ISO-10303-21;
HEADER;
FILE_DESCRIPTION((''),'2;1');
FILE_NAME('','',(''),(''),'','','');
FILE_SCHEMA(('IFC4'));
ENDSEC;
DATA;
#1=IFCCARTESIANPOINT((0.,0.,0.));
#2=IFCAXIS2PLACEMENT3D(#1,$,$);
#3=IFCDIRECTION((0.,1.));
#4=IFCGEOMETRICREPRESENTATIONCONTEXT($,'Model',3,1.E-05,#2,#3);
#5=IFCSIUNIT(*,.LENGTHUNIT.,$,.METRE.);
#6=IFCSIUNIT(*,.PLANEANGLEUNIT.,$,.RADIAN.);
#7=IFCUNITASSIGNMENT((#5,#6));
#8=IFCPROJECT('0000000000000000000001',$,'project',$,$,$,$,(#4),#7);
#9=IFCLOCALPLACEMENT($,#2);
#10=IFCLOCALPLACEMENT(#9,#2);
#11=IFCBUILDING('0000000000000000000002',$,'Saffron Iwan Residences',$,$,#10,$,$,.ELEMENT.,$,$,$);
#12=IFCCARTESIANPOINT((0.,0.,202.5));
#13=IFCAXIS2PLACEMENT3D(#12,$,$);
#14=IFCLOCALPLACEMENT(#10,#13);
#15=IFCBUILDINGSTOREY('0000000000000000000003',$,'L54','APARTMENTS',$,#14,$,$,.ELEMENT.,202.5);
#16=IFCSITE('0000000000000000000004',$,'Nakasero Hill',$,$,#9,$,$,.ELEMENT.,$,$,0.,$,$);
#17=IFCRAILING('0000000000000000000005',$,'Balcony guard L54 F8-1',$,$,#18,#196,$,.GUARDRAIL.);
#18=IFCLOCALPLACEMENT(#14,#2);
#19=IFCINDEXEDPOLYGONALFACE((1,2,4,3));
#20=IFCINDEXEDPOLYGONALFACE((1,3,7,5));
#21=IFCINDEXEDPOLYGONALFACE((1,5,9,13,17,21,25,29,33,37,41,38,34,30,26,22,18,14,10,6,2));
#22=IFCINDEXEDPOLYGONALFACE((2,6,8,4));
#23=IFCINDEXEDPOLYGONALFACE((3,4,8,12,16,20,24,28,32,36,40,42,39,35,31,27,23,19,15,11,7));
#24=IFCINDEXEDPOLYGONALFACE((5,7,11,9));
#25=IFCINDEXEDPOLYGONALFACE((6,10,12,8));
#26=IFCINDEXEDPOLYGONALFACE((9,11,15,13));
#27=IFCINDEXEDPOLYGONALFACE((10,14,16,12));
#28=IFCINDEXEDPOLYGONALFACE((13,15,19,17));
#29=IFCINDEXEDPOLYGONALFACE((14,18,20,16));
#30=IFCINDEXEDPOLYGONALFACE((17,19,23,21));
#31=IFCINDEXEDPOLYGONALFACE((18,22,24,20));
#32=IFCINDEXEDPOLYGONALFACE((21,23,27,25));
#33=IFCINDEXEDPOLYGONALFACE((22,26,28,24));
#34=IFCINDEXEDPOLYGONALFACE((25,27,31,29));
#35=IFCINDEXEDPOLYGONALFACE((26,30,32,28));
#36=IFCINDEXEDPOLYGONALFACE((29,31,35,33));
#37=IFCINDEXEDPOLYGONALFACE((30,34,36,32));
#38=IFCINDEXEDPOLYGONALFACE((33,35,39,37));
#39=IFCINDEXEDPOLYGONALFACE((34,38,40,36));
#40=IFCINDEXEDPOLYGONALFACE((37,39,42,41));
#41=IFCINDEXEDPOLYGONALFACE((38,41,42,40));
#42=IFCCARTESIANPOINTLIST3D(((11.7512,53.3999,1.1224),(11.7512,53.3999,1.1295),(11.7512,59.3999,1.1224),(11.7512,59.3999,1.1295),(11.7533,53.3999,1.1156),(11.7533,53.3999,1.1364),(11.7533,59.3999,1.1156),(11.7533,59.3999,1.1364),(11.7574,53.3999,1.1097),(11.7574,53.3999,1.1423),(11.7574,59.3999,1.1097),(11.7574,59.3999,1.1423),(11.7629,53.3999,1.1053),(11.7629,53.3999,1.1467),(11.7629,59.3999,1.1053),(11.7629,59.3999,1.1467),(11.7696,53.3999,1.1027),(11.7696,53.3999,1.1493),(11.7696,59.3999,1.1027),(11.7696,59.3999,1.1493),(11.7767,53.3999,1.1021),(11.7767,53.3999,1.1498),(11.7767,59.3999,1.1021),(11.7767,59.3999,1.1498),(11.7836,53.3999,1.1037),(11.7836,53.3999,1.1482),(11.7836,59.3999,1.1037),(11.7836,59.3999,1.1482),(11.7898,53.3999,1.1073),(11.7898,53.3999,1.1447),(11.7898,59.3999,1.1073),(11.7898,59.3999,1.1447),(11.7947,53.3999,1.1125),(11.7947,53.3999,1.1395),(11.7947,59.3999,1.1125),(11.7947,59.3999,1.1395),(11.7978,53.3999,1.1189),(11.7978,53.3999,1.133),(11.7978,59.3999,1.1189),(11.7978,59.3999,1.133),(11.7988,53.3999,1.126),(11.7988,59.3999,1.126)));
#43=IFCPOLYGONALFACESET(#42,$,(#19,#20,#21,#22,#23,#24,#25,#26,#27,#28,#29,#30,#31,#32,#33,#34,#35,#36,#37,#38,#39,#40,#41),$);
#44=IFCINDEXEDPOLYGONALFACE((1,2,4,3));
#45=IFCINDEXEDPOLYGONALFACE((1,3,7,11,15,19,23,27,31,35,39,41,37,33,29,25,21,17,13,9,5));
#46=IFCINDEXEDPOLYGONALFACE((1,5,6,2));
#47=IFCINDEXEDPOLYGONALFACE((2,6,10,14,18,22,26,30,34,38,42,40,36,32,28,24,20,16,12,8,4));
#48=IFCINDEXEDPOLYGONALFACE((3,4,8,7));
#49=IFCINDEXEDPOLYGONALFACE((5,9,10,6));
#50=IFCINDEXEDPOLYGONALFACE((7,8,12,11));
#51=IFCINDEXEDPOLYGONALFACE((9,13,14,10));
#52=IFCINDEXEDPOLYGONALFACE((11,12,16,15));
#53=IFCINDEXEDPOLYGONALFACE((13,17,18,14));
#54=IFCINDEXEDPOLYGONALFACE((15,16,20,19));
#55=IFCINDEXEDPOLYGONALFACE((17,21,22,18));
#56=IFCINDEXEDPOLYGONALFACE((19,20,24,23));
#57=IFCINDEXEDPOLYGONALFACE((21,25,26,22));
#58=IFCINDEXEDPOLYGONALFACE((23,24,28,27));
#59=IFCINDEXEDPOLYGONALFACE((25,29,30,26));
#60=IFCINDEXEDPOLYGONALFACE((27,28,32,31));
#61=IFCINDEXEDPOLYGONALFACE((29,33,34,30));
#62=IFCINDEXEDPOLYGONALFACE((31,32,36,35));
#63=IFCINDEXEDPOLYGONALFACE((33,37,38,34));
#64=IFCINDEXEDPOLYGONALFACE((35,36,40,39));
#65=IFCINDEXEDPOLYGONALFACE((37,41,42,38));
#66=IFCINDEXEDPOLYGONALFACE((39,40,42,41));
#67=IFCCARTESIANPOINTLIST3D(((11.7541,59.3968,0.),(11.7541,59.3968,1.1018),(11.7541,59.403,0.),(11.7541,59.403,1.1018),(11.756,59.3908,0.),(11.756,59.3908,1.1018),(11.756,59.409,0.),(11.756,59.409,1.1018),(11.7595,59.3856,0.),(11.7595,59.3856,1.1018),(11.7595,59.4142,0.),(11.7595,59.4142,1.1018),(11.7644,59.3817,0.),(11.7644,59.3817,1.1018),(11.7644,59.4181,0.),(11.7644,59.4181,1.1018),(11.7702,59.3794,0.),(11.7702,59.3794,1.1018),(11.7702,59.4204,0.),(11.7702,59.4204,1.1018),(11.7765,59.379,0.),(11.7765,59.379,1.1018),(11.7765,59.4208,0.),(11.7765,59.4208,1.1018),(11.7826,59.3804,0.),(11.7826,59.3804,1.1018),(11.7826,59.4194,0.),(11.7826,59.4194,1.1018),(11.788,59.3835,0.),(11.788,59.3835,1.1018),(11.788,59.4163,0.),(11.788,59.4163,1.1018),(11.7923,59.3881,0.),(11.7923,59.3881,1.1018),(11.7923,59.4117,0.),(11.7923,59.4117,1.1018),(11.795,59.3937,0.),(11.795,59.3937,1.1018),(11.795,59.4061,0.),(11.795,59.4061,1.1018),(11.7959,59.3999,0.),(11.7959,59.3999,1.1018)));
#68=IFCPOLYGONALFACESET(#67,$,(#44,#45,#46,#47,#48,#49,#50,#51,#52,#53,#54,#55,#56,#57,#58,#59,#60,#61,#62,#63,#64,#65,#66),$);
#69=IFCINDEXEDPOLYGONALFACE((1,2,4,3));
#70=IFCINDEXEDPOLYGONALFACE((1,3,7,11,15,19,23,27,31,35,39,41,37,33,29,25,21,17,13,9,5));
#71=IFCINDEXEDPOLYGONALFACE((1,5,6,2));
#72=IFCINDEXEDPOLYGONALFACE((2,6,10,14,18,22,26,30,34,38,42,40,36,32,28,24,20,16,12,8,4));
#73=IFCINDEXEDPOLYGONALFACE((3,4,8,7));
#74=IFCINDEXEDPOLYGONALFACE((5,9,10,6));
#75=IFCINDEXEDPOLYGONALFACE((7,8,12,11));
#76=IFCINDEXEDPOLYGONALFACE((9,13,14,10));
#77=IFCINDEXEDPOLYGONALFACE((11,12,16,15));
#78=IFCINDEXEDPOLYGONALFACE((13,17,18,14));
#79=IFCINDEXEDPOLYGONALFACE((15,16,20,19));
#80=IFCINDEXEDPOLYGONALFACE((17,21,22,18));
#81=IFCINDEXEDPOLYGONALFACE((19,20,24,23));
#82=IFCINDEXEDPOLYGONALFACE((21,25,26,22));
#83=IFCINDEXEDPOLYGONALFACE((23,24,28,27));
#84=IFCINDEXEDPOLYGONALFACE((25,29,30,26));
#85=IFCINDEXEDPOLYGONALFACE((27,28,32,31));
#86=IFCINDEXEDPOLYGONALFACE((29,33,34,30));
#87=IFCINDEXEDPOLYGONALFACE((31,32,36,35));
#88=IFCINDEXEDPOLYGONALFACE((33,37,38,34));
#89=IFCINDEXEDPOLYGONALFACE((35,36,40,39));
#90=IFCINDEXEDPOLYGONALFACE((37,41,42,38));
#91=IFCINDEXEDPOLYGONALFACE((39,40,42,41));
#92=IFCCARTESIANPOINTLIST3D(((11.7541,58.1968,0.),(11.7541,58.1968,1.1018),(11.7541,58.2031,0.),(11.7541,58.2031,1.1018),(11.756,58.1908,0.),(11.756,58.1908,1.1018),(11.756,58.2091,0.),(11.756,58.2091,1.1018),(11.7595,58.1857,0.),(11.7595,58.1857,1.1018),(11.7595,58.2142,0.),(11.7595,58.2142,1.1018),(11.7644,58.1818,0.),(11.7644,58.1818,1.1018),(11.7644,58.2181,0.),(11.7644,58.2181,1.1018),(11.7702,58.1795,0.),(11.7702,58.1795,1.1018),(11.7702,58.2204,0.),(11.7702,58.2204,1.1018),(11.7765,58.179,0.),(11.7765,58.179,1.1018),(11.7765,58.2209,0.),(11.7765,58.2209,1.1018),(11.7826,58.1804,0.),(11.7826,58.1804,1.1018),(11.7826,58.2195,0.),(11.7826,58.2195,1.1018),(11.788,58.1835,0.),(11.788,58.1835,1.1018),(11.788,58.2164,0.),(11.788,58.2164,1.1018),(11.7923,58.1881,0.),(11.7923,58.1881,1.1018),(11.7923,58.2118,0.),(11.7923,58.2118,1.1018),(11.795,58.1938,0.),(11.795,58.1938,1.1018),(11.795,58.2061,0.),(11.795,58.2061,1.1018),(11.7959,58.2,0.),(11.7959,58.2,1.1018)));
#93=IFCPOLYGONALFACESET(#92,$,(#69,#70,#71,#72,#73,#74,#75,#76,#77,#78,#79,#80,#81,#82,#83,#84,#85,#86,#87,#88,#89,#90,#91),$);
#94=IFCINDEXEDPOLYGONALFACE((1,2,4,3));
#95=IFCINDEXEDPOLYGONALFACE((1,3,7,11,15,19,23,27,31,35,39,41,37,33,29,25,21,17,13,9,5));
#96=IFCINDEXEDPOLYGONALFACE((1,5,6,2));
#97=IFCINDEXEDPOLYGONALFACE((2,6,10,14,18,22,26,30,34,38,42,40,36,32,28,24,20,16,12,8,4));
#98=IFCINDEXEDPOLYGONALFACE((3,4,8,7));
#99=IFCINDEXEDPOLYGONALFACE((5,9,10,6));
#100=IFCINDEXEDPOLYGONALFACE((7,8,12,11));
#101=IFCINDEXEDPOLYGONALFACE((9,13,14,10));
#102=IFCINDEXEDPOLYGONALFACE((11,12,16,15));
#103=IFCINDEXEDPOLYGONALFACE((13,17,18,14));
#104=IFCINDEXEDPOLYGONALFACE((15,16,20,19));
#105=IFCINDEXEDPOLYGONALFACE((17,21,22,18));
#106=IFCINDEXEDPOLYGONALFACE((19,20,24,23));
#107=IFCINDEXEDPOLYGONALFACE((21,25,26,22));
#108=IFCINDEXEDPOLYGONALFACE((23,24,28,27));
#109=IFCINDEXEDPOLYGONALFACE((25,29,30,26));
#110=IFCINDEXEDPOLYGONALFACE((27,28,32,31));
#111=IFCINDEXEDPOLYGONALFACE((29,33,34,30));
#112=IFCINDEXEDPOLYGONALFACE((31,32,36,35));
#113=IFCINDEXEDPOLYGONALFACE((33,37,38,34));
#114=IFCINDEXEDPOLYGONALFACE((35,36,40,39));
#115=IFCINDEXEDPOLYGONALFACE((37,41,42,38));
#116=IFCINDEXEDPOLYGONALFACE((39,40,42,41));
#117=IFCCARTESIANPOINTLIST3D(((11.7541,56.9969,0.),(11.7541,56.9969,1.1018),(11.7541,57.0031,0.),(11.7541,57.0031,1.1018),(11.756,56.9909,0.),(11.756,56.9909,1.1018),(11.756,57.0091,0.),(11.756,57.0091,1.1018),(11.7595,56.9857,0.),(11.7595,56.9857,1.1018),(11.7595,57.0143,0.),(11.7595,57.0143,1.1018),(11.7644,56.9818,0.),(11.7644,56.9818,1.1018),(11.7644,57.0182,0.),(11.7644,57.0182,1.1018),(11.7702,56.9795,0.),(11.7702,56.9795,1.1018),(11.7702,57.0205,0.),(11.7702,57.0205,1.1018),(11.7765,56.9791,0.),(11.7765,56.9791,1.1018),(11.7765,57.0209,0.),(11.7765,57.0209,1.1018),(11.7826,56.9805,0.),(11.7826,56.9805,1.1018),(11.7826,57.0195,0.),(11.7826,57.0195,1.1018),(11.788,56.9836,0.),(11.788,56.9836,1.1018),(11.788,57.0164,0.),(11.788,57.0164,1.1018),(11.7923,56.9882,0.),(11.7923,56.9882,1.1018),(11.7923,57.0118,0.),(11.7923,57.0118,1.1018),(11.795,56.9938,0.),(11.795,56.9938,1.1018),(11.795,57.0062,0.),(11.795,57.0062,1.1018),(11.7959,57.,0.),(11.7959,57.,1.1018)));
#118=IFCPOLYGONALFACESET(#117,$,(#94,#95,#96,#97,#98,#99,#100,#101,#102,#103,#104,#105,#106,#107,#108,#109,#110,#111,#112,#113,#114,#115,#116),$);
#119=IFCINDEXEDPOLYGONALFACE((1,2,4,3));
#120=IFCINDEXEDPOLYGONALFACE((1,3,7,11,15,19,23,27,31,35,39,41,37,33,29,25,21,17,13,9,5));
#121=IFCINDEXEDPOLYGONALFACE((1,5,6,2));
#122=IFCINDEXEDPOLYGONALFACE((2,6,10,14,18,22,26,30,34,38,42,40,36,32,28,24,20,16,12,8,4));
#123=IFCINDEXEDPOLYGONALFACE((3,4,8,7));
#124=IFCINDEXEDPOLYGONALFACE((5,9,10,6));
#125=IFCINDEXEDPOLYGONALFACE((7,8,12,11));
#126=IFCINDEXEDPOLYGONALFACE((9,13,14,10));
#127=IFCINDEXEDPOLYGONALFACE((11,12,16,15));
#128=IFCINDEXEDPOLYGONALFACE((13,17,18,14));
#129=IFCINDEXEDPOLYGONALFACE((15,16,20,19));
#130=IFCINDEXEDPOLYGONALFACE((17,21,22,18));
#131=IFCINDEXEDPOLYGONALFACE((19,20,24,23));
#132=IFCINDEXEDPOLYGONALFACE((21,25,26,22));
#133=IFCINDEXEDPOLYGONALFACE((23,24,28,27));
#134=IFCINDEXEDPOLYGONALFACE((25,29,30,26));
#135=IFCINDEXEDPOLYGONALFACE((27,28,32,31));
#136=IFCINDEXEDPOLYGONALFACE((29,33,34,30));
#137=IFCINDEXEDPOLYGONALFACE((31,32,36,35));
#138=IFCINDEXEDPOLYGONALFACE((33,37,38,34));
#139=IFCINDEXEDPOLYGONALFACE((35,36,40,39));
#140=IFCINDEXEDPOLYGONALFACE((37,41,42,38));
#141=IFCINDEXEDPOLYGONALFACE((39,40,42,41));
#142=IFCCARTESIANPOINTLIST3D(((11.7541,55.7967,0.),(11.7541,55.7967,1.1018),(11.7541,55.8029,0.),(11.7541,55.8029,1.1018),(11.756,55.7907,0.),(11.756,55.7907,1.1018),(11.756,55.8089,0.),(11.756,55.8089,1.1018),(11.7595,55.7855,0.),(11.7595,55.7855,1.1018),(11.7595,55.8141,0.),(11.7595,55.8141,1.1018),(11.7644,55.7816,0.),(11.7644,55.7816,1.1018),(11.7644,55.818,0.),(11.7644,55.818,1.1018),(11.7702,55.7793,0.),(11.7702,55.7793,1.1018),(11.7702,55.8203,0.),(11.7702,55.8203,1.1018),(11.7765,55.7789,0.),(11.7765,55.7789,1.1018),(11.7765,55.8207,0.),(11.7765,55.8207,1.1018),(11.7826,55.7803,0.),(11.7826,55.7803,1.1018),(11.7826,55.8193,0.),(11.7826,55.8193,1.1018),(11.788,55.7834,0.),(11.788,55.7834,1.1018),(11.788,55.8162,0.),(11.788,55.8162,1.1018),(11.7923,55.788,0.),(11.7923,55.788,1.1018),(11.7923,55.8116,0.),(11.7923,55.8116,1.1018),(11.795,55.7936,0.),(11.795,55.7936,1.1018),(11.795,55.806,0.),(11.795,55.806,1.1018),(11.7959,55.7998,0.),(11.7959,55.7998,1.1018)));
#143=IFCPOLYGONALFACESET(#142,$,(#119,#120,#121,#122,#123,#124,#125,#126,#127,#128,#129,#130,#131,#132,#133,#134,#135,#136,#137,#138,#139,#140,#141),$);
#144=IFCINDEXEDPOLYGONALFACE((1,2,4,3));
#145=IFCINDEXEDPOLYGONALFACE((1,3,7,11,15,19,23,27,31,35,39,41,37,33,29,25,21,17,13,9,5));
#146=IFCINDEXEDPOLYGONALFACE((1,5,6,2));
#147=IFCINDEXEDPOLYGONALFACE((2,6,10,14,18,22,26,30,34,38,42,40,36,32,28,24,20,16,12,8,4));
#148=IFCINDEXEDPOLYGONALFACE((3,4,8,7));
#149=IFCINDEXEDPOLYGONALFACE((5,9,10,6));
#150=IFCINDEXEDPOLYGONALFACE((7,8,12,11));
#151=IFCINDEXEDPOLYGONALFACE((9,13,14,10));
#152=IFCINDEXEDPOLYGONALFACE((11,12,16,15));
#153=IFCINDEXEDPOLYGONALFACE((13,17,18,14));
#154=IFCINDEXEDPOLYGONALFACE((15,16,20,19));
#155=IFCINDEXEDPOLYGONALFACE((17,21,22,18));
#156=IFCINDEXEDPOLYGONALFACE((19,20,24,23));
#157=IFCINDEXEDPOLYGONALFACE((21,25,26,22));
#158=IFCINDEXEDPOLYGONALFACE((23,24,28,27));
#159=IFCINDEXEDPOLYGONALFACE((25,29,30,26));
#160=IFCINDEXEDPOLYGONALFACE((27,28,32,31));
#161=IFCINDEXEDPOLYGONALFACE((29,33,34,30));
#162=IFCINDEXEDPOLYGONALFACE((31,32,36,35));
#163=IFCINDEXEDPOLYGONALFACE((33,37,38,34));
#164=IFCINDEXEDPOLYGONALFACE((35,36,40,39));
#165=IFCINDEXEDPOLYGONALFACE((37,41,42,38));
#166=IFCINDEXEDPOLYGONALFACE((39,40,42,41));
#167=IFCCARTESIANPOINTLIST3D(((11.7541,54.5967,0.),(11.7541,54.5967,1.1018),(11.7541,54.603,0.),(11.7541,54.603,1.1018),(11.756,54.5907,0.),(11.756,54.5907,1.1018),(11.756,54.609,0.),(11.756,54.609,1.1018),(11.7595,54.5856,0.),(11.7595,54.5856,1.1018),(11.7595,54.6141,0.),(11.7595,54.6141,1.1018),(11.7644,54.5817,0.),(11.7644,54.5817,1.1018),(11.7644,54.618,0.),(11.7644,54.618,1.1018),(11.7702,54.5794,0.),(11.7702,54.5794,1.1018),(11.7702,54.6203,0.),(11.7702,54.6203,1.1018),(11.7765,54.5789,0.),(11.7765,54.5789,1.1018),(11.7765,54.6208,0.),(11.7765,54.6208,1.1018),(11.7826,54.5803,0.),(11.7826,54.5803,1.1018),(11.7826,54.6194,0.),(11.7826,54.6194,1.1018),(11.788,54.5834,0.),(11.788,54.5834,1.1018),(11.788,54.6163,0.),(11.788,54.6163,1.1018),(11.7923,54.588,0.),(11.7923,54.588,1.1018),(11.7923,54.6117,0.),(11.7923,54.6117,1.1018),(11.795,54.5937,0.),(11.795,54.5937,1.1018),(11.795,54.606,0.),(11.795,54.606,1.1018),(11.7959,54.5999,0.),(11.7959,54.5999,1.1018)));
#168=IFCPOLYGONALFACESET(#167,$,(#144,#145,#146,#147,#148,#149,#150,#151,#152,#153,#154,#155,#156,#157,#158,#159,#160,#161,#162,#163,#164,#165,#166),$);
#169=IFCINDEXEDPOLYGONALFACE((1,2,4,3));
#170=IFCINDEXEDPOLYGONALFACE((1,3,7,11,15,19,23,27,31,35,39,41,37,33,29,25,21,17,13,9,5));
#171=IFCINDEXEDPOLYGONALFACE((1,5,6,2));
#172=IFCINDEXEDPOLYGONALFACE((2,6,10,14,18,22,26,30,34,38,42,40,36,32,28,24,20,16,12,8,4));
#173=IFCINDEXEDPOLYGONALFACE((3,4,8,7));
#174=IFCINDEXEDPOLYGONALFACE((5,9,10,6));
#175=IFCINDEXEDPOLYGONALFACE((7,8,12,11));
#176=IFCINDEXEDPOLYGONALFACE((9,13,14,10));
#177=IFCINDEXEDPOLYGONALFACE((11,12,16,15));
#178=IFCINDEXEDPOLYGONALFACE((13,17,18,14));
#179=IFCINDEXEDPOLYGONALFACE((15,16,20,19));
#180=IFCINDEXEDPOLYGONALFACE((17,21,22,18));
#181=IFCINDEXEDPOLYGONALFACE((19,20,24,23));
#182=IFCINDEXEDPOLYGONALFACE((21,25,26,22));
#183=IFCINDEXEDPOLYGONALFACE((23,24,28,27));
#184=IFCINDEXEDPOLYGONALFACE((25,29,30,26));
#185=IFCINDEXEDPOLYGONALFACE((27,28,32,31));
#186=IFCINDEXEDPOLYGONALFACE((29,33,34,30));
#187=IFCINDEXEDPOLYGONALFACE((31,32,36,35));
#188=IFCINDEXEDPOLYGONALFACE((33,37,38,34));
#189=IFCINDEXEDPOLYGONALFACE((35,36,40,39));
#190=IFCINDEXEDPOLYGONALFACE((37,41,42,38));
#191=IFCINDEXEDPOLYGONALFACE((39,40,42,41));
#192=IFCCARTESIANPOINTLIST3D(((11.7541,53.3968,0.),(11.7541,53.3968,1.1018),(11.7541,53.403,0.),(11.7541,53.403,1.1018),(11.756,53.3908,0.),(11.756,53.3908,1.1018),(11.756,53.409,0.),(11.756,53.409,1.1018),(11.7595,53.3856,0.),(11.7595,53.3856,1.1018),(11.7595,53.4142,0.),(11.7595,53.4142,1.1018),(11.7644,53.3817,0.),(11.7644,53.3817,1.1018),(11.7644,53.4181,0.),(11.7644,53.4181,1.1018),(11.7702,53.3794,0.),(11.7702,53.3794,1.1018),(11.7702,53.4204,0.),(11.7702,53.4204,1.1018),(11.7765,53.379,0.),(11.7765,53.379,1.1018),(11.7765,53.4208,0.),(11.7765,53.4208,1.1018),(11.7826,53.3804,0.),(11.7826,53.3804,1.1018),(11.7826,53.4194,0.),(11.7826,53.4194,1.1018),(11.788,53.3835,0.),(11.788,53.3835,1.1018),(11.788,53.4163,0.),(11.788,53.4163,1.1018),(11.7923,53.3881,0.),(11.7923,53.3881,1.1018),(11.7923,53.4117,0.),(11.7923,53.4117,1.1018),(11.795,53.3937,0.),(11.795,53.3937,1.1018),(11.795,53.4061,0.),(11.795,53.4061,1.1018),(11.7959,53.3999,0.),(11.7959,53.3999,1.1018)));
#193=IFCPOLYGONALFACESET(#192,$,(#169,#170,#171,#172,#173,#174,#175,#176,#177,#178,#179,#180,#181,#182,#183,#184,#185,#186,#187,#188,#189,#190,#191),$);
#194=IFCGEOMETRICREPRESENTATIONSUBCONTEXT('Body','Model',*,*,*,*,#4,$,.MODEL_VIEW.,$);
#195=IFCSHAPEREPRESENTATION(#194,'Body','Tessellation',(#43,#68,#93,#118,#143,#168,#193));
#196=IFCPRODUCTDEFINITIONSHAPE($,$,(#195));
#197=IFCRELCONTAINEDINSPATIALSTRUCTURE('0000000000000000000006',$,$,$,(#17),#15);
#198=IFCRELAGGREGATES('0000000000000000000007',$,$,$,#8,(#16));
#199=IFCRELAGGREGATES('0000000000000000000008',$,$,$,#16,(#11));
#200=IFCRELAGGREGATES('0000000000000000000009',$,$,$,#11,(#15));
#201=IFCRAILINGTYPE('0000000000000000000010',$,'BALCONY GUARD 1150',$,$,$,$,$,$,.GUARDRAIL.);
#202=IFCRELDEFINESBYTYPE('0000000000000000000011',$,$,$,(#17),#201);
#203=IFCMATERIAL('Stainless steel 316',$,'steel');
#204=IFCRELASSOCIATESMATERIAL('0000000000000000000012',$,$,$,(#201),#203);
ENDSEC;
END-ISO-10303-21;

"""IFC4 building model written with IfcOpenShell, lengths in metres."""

from ifc_helpers import new_model, si_unit, direction, frame, origin, origin_2d, place, context, subcontext, project, spatial, circle, extrude, material, type_object, element, save


model = new_model("IFC4")

# Units and contexts
model_context = context("Model", 3, precision=1e-05, world=origin(), true_north=direction((0.0, 1.0)))
body_context = subcontext(model_context, "Body", "Model", "MODEL_VIEW")
ifc_project = project(units=[si_unit("LENGTHUNIT", "METRE"), si_unit("PLANEANGLEUNIT", "RADIAN")], contexts=[model_context])

# Site, building, storey
site_placement = place(None, origin())
site = spatial("IfcSite", under=ifc_project, at=site_placement, Name="Nakasero Hill", CompositionType="ELEMENT", RefElevation=0.0)
building_placement = place(site_placement, origin())
building = spatial("IfcBuilding", under=site, at=building_placement, Name="Saffron Iwan Residences", CompositionType="ELEMENT")
storey_placement = place(building_placement, frame((0.0, 0.0, 202.5)))
storey = spatial("IfcBuildingStorey", under=building, at=storey_placement, Name="L54", Description="APARTMENTS", CompositionType="ELEMENT", Elevation=202.5)

# Railing
ifc_material_1 = material(Name="Stainless steel 316", Category="steel")
railing_type = type_object("IfcRailingType", Name="BALCONY GUARD 1150", PredefinedType="GUARDRAIL", material=ifc_material_1)
railing_placement = place(storey_placement, frame((11.7749, 59.3999, 0.0)))
element("IfcRailing", 1, at=railing_placement, inside=storey, type_object=railing_type, Name="Balcony guard L54 F8-1", PredefinedType="GUARDRAIL", context=body_context, shape_type="SweptSolid", body=[
    extrude(circle(Radius=0.0239, at=origin_2d()), frame((0.0, 0.0, 1.126), z_axis=(0.0, -1.0, 0.0), x_axis=(1.0, 0.0, 0.0)), (0.0, 0.0, 1.0), 6.0),
    extrude(circle(Radius=0.021, at=origin_2d()), origin(), (0.0, 0.0, 1.0), 1.1018),
    extrude(circle(Radius=0.021, at=origin_2d()), frame((0.0, -1.2, 0.0)), (0.0, 0.0, 1.0), 1.1018),
    extrude(circle(Radius=0.021, at=origin_2d()), frame((0.0, -2.3999, 0.0)), (0.0, 0.0, 1.0), 1.1018),
    extrude(circle(Radius=0.021, at=origin_2d()), frame((0.0, -3.6001, 0.0)), (0.0, 0.0, 1.0), 1.1018),
    extrude(circle(Radius=0.021, at=origin_2d()), frame((0.0, -4.8, 0.0)), (0.0, 0.0, 1.0), 1.1018),
    extrude(circle(Radius=0.021, at=origin_2d()), frame((0.0, -6.0, 0.0)), (0.0, 0.0, 1.0), 1.1018),
])

save(model, "model.ifc")
